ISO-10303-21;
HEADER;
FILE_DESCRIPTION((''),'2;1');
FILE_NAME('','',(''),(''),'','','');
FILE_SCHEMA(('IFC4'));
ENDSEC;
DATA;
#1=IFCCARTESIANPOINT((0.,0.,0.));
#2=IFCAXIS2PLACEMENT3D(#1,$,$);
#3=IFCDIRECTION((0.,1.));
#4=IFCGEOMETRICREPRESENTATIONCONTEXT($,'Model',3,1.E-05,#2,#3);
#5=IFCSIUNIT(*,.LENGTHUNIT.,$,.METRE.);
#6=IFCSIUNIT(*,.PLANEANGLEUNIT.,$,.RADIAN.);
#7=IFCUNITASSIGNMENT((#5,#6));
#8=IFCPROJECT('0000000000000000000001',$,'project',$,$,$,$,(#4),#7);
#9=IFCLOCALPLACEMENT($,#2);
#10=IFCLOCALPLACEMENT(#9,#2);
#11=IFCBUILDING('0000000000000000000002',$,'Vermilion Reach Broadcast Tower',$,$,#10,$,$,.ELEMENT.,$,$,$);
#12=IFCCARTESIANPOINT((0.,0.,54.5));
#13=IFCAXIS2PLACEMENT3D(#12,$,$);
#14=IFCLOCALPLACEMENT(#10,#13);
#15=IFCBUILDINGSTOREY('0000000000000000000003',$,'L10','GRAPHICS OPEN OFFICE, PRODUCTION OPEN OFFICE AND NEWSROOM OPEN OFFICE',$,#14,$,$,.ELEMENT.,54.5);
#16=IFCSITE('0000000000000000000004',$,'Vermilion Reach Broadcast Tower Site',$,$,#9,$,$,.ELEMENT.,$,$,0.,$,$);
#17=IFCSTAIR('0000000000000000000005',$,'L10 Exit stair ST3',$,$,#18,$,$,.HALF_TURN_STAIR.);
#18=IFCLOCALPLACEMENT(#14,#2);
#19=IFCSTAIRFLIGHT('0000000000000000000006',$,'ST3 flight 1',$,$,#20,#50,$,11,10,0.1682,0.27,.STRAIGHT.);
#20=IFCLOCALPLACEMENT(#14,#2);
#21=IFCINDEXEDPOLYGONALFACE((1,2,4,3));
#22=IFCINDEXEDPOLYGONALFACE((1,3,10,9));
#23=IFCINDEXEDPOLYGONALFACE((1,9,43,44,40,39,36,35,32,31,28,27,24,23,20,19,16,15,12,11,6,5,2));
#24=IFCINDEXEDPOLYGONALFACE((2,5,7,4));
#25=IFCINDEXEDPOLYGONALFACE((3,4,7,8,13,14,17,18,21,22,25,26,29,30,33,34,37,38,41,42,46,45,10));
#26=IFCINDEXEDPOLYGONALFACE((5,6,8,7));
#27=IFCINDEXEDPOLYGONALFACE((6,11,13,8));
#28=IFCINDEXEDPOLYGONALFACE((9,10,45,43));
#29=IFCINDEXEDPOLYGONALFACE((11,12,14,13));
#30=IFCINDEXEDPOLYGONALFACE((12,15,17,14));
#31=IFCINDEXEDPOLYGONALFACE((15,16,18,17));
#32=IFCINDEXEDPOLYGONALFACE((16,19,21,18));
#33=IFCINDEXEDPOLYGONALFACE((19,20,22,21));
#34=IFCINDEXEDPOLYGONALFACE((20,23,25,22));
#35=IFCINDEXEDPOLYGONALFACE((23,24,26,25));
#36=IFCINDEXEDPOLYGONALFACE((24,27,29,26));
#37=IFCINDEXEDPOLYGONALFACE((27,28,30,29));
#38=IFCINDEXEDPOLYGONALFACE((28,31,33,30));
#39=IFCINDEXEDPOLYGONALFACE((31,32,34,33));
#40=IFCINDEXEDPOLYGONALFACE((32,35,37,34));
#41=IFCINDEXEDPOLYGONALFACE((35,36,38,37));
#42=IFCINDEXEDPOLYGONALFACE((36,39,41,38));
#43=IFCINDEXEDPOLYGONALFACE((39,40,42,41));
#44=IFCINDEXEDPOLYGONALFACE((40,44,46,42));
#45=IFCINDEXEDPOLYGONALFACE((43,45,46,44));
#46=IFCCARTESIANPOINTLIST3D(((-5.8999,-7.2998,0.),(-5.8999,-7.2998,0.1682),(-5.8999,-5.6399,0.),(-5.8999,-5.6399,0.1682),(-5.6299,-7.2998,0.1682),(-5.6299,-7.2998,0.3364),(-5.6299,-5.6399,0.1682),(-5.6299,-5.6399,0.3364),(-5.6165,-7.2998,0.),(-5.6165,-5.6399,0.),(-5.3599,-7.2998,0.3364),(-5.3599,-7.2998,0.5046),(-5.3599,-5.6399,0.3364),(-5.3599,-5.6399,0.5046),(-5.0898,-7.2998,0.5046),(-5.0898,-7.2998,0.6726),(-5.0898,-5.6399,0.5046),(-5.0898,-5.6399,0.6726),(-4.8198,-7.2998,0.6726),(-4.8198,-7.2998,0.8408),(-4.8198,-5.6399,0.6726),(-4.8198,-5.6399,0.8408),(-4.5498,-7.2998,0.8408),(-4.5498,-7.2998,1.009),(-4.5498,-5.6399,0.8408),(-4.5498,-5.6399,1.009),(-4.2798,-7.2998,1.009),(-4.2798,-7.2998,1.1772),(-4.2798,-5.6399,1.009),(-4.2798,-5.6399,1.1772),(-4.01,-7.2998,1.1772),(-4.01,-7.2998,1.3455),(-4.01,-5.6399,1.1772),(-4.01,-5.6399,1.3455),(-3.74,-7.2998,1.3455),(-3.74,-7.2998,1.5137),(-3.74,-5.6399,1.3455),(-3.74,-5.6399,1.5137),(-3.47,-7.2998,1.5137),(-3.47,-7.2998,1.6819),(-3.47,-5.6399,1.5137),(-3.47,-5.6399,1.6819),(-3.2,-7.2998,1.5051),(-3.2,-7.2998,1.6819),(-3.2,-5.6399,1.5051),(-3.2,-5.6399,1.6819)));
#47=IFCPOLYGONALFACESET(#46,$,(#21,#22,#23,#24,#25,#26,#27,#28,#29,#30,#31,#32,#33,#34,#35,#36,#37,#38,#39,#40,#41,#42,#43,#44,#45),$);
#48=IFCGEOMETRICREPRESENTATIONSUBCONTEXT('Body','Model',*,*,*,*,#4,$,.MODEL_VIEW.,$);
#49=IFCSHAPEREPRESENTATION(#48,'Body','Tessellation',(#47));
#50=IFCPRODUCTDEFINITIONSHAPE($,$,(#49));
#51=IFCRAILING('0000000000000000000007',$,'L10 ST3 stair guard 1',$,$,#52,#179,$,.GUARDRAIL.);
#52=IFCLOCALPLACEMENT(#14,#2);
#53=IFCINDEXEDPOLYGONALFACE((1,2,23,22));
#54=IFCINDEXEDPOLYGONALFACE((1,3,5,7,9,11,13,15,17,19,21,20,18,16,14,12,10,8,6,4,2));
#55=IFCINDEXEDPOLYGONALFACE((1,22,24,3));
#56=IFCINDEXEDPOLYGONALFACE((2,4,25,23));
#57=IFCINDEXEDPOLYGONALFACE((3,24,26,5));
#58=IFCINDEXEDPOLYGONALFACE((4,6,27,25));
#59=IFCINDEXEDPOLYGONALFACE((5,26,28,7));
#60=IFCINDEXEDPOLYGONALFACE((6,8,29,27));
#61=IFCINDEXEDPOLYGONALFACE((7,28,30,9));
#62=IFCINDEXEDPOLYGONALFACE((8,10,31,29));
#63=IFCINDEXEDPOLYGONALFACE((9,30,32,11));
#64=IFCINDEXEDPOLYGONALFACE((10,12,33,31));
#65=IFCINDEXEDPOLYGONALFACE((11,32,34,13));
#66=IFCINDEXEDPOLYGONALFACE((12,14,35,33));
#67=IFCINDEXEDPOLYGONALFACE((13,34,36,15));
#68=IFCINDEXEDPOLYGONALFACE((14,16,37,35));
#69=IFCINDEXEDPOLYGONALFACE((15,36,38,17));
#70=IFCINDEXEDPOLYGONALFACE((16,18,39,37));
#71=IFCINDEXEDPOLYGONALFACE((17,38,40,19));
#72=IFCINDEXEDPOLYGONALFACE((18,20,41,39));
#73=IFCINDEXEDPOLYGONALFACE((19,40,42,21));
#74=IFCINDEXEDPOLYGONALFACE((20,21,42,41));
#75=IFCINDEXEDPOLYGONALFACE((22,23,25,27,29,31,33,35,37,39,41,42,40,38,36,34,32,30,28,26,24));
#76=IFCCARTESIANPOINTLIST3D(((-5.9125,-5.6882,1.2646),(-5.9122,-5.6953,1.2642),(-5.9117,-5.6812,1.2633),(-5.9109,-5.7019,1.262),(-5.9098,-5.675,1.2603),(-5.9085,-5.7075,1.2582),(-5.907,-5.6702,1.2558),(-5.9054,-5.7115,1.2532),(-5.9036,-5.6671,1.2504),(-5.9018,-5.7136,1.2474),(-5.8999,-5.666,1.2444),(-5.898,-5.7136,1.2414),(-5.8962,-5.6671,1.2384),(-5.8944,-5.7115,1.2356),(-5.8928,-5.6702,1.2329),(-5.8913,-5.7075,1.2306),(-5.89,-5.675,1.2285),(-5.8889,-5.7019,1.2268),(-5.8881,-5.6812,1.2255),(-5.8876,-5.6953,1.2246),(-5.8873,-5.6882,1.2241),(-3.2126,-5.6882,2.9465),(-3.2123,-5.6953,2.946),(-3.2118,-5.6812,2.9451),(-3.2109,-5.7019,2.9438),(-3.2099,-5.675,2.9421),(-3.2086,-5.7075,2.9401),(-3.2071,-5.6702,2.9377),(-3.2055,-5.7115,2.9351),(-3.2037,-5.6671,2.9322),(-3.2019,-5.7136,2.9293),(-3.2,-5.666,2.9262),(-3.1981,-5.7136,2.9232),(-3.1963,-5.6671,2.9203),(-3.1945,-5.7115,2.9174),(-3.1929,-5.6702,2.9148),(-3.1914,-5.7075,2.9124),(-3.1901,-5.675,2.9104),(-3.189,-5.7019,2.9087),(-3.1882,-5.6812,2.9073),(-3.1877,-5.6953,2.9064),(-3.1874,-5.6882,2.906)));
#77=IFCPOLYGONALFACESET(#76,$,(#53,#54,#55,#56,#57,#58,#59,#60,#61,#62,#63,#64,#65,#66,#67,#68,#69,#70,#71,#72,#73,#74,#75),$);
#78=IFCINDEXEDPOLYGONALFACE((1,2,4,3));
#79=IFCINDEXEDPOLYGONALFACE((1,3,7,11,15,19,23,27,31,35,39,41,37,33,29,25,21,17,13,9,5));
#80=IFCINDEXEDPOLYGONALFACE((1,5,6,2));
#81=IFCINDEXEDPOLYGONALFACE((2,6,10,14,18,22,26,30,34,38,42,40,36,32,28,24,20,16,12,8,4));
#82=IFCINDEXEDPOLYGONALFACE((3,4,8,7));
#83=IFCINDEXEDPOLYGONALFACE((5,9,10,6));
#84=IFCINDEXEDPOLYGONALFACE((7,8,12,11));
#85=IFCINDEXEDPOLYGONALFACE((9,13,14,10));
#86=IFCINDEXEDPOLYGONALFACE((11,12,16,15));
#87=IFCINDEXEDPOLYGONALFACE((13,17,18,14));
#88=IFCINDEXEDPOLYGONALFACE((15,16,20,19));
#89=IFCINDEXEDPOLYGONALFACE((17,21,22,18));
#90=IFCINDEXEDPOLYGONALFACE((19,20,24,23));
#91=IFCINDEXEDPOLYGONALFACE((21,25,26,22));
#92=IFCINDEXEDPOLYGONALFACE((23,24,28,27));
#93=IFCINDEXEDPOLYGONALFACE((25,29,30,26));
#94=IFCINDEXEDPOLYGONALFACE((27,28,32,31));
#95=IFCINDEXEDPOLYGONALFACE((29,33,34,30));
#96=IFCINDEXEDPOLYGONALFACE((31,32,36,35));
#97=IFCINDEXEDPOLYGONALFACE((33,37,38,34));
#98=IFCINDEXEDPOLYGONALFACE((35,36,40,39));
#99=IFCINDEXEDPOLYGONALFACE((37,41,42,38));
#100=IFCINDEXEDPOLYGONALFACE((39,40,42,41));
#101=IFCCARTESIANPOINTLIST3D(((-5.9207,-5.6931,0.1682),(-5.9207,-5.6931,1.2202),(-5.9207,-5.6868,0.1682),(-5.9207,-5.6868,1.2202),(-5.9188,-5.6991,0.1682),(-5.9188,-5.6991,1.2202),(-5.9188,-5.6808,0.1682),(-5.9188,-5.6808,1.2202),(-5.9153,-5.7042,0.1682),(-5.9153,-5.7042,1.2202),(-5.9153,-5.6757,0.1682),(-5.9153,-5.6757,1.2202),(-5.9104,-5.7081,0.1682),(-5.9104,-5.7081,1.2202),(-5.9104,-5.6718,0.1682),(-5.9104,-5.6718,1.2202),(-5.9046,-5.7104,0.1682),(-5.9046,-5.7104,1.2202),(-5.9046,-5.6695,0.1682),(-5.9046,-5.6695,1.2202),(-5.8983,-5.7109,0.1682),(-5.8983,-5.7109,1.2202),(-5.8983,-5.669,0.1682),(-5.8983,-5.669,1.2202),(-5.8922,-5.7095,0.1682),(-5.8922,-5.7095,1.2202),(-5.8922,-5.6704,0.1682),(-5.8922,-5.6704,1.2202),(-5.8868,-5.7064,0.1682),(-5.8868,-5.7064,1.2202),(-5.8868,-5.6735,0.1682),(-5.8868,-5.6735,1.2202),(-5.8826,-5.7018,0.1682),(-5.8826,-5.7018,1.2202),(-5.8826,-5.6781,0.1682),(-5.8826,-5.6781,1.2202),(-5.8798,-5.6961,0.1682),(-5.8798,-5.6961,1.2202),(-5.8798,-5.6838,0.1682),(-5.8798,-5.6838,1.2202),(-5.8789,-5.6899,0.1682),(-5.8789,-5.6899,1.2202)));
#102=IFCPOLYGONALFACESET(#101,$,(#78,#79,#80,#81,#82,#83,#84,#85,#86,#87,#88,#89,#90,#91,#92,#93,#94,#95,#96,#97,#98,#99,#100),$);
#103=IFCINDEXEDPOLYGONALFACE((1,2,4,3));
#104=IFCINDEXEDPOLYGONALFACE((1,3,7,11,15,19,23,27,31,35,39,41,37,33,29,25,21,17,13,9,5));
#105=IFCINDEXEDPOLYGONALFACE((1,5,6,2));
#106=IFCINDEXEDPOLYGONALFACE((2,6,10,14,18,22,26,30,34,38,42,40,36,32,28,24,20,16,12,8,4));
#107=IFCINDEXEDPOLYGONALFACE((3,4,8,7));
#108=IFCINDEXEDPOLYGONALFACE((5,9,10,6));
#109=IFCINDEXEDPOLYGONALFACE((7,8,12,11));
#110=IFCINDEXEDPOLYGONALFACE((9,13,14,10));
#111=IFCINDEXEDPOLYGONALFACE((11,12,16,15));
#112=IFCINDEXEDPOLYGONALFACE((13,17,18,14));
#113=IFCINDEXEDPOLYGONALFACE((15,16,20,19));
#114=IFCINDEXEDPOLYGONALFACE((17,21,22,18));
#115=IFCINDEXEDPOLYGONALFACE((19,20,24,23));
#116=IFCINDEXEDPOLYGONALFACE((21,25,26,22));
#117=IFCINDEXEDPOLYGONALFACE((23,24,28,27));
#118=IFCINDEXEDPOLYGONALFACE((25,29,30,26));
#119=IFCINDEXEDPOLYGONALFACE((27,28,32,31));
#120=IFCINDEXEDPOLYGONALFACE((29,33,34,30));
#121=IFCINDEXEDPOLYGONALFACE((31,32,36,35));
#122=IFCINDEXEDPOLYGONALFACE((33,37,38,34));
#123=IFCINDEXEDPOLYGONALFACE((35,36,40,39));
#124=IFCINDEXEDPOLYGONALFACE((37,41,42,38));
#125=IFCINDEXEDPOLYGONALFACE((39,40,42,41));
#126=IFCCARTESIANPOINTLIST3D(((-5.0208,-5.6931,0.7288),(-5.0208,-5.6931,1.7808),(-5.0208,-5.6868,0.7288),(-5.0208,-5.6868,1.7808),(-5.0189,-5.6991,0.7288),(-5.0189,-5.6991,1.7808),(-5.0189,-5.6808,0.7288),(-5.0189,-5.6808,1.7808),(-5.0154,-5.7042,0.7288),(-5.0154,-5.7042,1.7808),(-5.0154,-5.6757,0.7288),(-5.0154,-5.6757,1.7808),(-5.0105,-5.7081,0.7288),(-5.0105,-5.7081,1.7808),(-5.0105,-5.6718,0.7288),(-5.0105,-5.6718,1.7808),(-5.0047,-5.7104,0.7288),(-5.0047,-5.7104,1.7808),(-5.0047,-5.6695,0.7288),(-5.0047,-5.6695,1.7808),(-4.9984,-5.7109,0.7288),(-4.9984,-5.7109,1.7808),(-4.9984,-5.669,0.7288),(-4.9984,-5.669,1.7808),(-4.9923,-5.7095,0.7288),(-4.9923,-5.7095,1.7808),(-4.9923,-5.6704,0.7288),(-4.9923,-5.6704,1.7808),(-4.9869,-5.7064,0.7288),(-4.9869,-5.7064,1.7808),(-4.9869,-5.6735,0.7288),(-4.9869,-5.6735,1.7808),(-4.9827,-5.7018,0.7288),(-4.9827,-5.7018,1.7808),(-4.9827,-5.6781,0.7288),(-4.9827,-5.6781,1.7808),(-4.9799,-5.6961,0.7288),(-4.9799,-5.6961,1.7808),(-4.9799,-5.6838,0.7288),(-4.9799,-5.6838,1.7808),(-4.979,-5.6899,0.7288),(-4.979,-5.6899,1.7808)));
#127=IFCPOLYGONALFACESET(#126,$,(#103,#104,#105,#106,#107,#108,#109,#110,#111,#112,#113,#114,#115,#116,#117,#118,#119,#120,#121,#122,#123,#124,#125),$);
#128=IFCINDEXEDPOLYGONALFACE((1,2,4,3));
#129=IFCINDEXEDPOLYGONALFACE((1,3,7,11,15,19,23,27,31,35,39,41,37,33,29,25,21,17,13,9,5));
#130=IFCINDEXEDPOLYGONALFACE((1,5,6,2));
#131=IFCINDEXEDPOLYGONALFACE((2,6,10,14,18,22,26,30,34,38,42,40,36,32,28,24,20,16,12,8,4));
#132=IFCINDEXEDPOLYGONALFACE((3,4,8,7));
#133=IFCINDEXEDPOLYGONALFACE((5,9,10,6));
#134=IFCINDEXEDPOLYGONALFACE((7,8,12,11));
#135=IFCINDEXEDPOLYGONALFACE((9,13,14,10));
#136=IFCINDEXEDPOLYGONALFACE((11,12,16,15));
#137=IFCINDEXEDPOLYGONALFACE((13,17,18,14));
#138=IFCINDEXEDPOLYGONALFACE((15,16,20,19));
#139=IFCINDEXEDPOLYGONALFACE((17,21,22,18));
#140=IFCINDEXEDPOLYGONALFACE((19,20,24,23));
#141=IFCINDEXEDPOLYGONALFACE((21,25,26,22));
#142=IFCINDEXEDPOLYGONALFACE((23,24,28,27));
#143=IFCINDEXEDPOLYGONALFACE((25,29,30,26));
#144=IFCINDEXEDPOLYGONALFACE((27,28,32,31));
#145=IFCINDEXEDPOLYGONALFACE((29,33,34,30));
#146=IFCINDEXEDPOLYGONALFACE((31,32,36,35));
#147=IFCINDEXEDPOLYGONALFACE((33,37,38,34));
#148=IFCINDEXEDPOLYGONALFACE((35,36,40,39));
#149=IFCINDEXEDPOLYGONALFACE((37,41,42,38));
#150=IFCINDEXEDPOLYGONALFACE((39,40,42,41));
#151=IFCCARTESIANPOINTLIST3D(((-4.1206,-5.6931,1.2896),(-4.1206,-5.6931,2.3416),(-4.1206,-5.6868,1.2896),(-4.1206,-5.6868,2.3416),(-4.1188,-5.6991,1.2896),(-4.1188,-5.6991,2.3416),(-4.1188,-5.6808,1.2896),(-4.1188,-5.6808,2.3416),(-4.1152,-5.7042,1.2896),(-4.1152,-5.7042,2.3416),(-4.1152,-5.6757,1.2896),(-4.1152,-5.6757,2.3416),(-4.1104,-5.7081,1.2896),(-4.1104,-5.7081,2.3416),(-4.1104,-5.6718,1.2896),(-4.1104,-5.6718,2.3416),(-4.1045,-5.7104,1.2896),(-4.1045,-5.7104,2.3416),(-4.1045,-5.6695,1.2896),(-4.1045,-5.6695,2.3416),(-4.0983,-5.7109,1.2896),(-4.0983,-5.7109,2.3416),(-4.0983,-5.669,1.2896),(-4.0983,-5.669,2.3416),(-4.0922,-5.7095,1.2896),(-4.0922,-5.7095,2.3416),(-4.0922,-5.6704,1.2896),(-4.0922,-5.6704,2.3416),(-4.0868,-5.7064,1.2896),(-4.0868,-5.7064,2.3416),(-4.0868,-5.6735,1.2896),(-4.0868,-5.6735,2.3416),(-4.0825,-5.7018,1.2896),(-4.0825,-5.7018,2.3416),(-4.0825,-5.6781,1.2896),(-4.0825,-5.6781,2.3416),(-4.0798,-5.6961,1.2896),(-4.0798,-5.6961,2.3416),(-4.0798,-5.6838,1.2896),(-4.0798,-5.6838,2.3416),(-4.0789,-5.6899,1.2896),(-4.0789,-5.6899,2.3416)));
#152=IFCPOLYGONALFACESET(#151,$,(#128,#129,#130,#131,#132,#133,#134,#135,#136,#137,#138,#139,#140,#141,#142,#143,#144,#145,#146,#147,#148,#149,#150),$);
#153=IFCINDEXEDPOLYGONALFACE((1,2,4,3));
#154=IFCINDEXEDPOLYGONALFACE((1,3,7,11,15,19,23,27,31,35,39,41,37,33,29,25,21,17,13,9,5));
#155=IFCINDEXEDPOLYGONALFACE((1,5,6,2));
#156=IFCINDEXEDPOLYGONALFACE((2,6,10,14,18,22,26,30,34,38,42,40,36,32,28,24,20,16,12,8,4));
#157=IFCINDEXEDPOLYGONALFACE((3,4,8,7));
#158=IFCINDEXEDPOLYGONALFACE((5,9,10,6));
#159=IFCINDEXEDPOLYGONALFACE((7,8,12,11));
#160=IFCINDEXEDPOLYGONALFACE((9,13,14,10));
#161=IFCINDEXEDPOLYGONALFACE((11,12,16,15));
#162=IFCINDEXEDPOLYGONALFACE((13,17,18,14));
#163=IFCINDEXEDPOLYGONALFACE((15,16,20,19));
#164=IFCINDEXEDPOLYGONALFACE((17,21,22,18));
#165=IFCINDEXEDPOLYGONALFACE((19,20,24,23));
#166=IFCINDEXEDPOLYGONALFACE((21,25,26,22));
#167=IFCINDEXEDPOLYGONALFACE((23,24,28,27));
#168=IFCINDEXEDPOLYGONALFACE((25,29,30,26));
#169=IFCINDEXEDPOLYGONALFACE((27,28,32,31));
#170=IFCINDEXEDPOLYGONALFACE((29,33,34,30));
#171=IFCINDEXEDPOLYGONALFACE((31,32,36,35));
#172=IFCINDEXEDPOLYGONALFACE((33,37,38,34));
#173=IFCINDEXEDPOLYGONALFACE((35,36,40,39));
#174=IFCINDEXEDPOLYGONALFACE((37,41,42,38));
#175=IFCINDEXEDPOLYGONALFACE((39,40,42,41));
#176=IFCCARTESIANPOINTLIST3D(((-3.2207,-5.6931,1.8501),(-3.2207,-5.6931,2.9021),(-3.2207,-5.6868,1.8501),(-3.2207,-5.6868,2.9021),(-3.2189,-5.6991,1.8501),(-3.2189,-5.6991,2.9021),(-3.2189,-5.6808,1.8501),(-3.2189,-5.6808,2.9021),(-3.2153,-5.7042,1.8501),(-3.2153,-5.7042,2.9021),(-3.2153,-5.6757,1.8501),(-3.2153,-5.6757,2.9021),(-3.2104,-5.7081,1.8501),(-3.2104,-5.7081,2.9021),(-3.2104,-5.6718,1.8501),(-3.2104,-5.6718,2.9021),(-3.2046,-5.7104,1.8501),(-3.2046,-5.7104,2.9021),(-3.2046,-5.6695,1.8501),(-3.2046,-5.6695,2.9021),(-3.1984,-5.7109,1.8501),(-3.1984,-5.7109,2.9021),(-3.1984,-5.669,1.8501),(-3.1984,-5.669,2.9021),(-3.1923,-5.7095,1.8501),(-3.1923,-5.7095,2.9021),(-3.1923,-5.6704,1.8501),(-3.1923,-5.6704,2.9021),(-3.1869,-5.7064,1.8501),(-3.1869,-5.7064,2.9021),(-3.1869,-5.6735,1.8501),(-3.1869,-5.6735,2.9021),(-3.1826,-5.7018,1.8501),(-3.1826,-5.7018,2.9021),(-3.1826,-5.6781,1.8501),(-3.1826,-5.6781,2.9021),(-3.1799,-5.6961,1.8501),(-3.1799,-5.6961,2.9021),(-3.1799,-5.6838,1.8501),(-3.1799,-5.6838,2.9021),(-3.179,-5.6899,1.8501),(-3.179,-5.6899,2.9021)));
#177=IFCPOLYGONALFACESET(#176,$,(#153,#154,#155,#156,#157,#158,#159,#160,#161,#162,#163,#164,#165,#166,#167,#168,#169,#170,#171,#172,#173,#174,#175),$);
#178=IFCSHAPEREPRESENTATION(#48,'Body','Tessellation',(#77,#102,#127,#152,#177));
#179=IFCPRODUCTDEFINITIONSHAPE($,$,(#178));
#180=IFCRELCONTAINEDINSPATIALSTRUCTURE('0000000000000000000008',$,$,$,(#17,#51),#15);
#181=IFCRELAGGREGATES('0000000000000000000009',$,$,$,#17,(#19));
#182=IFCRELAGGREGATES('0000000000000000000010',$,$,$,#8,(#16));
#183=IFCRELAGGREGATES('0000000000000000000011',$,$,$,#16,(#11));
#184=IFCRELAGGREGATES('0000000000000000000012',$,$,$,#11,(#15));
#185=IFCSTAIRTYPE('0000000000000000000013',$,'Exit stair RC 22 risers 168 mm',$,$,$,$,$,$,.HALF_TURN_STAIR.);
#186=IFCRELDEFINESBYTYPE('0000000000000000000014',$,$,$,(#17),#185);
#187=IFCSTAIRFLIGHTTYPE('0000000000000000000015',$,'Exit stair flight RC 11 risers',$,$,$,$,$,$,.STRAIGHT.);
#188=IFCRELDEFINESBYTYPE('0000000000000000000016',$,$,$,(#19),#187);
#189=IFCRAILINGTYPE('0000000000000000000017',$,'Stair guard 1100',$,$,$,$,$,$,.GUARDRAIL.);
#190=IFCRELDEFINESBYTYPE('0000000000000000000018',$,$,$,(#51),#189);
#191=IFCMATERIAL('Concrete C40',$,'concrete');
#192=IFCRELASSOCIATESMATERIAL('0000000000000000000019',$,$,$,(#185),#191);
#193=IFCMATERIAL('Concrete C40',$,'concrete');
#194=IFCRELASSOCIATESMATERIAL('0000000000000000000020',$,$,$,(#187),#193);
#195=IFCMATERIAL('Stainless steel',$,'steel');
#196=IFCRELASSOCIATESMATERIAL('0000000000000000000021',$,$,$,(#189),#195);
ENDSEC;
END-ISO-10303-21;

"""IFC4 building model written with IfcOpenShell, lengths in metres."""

from ifc_helpers import new_model, si_unit, direction, frame, origin, origin_2d, place, context, subcontext, project, spatial, polyline, circle, outline, extrude, material, type_object, element, aggregate, save


model = new_model("IFC4")

# Units and contexts
model_context = context("Model", 3, precision=1e-05, world=origin(), true_north=direction((0.0, 1.0)))
body_context = subcontext(model_context, "Body", "Model", "MODEL_VIEW")
ifc_project = project(units=[si_unit("LENGTHUNIT", "METRE"), si_unit("PLANEANGLEUNIT", "RADIAN")], contexts=[model_context])

# Site, building, storey
site_placement = place(None, origin())
site = spatial("IfcSite", under=ifc_project, at=site_placement, Name="Vermilion Reach Broadcast Tower Site", CompositionType="ELEMENT", RefElevation=0.0)
building_placement = place(site_placement, origin())
building = spatial("IfcBuilding", under=site, at=building_placement, Name="Vermilion Reach Broadcast Tower", CompositionType="ELEMENT")
storey_placement = place(building_placement, frame((0.0, 0.0, 54.5)))
storey = spatial("IfcBuildingStorey", under=building, at=storey_placement, Name="L10", Description="GRAPHICS OPEN OFFICE, PRODUCTION OPEN OFFICE AND NEWSROOM OPEN OFFICE", CompositionType="ELEMENT", Elevation=54.5)

# Stair, stair flight
ifc_material_1 = material(Name="Concrete C40", Category="concrete")
stair_type = type_object("IfcStairType", Name="Exit stair RC 22 risers 168 mm", PredefinedType="HALF_TURN_STAIR", material=ifc_material_1)
stair_placement = place(storey_placement, origin())
stair = element("IfcStair", 1, at=stair_placement, inside=storey, type_object=stair_type, Name="L10 Exit stair ST3", PredefinedType="HALF_TURN_STAIR")
ifc_material_2 = material(Name="Concrete C40", Category="concrete")
stair_flight_type = type_object("IfcStairFlightType", Name="Exit stair flight RC 11 risers", PredefinedType="STRAIGHT", material=ifc_material_2)
stair_flight_placement = place(storey_placement, frame((-5.8999, -6.47, 0.0), z_axis=(0.0, 0.0, 1.0), x_axis=(1.0, 0.0, 0.0)))
stair_flight = element("IfcStairFlight", 2, at=stair_flight_placement, type_object=stair_flight_type, Name="ST3 flight 1", NumberOfRisers=11, NumberOfTreads=10, PredefinedType="STRAIGHT", RiserHeight=0.1682, TreadLength=0.27, context=body_context, shape_type="SweptSolid", body=[
    extrude(outline(polyline([(0.0, 0.0), (0.0, 0.1682), (0.27, 0.1682), (0.27, 0.3364), (0.54, 0.3364), (0.54, 0.5046), (0.8101, 0.5046), (0.8101, 0.6726), (1.0801, 0.6726), (1.0801, 0.8408), (1.3501, 0.8408), (1.3501, 1.009), (1.6201, 1.009), (1.6201, 1.1772), (1.8899, 1.1772), (1.8899, 1.3455), (2.1599, 1.3455), (2.1599, 1.5137), (2.4299, 1.5137), (2.4299, 1.6819), (2.7, 1.6819), (2.7, 1.8501), (2.7, 1.5051), (0.2834, 0.0), (0.0, 0.0)])), frame((0.0, 0.8301, 0.0), z_axis=(0.0, -1.0, 0.0), x_axis=(1.0, 0.0, 0.0)), (0.0, 0.0, 1.0), 1.6599),
])
aggregate(stair, [stair_flight])

# Railing
ifc_material_3 = material(Name="Stainless steel", Category="steel")
railing_type = type_object("IfcRailingType", Name="Stair guard 1100", PredefinedType="GUARDRAIL", material=ifc_material_3)
railing_1_placement = place(storey_placement, frame((-5.8999, -5.6899, 0.1682)))
element("IfcRailing", 3, at=railing_1_placement, inside=storey, type_object=railing_type, Name="L10 ST3 stair guard 1", PredefinedType="GUARDRAIL", context=body_context, shape_type="SweptSolid", body=[
    extrude(circle(Radius=0.0239, at=origin_2d()), frame((0.0, 0.0, 1.0762), z_axis=(0.848786, 0.0, 0.528736), x_axis=(0.0, 1.0, 0.0)), (0.0, 0.0, 1.0), 3.1809),
    extrude(circle(Radius=0.021, at=origin_2d()), origin(), (0.0, 0.0, 1.0), 1.052),
    extrude(circle(Radius=0.021, at=origin_2d()), frame((0.8999, 0.0, 0.5605)), (0.0, 0.0, 1.0), 1.052),
    extrude(circle(Radius=0.021, at=origin_2d()), frame((1.8, 0.0, 1.1213)), (0.0, 0.0, 1.0), 1.052),
    extrude(circle(Radius=0.021, at=origin_2d()), frame((2.7, 0.0, 1.6819)), (0.0, 0.0, 1.0), 1.052),
])

save(model, "model.ifc")
